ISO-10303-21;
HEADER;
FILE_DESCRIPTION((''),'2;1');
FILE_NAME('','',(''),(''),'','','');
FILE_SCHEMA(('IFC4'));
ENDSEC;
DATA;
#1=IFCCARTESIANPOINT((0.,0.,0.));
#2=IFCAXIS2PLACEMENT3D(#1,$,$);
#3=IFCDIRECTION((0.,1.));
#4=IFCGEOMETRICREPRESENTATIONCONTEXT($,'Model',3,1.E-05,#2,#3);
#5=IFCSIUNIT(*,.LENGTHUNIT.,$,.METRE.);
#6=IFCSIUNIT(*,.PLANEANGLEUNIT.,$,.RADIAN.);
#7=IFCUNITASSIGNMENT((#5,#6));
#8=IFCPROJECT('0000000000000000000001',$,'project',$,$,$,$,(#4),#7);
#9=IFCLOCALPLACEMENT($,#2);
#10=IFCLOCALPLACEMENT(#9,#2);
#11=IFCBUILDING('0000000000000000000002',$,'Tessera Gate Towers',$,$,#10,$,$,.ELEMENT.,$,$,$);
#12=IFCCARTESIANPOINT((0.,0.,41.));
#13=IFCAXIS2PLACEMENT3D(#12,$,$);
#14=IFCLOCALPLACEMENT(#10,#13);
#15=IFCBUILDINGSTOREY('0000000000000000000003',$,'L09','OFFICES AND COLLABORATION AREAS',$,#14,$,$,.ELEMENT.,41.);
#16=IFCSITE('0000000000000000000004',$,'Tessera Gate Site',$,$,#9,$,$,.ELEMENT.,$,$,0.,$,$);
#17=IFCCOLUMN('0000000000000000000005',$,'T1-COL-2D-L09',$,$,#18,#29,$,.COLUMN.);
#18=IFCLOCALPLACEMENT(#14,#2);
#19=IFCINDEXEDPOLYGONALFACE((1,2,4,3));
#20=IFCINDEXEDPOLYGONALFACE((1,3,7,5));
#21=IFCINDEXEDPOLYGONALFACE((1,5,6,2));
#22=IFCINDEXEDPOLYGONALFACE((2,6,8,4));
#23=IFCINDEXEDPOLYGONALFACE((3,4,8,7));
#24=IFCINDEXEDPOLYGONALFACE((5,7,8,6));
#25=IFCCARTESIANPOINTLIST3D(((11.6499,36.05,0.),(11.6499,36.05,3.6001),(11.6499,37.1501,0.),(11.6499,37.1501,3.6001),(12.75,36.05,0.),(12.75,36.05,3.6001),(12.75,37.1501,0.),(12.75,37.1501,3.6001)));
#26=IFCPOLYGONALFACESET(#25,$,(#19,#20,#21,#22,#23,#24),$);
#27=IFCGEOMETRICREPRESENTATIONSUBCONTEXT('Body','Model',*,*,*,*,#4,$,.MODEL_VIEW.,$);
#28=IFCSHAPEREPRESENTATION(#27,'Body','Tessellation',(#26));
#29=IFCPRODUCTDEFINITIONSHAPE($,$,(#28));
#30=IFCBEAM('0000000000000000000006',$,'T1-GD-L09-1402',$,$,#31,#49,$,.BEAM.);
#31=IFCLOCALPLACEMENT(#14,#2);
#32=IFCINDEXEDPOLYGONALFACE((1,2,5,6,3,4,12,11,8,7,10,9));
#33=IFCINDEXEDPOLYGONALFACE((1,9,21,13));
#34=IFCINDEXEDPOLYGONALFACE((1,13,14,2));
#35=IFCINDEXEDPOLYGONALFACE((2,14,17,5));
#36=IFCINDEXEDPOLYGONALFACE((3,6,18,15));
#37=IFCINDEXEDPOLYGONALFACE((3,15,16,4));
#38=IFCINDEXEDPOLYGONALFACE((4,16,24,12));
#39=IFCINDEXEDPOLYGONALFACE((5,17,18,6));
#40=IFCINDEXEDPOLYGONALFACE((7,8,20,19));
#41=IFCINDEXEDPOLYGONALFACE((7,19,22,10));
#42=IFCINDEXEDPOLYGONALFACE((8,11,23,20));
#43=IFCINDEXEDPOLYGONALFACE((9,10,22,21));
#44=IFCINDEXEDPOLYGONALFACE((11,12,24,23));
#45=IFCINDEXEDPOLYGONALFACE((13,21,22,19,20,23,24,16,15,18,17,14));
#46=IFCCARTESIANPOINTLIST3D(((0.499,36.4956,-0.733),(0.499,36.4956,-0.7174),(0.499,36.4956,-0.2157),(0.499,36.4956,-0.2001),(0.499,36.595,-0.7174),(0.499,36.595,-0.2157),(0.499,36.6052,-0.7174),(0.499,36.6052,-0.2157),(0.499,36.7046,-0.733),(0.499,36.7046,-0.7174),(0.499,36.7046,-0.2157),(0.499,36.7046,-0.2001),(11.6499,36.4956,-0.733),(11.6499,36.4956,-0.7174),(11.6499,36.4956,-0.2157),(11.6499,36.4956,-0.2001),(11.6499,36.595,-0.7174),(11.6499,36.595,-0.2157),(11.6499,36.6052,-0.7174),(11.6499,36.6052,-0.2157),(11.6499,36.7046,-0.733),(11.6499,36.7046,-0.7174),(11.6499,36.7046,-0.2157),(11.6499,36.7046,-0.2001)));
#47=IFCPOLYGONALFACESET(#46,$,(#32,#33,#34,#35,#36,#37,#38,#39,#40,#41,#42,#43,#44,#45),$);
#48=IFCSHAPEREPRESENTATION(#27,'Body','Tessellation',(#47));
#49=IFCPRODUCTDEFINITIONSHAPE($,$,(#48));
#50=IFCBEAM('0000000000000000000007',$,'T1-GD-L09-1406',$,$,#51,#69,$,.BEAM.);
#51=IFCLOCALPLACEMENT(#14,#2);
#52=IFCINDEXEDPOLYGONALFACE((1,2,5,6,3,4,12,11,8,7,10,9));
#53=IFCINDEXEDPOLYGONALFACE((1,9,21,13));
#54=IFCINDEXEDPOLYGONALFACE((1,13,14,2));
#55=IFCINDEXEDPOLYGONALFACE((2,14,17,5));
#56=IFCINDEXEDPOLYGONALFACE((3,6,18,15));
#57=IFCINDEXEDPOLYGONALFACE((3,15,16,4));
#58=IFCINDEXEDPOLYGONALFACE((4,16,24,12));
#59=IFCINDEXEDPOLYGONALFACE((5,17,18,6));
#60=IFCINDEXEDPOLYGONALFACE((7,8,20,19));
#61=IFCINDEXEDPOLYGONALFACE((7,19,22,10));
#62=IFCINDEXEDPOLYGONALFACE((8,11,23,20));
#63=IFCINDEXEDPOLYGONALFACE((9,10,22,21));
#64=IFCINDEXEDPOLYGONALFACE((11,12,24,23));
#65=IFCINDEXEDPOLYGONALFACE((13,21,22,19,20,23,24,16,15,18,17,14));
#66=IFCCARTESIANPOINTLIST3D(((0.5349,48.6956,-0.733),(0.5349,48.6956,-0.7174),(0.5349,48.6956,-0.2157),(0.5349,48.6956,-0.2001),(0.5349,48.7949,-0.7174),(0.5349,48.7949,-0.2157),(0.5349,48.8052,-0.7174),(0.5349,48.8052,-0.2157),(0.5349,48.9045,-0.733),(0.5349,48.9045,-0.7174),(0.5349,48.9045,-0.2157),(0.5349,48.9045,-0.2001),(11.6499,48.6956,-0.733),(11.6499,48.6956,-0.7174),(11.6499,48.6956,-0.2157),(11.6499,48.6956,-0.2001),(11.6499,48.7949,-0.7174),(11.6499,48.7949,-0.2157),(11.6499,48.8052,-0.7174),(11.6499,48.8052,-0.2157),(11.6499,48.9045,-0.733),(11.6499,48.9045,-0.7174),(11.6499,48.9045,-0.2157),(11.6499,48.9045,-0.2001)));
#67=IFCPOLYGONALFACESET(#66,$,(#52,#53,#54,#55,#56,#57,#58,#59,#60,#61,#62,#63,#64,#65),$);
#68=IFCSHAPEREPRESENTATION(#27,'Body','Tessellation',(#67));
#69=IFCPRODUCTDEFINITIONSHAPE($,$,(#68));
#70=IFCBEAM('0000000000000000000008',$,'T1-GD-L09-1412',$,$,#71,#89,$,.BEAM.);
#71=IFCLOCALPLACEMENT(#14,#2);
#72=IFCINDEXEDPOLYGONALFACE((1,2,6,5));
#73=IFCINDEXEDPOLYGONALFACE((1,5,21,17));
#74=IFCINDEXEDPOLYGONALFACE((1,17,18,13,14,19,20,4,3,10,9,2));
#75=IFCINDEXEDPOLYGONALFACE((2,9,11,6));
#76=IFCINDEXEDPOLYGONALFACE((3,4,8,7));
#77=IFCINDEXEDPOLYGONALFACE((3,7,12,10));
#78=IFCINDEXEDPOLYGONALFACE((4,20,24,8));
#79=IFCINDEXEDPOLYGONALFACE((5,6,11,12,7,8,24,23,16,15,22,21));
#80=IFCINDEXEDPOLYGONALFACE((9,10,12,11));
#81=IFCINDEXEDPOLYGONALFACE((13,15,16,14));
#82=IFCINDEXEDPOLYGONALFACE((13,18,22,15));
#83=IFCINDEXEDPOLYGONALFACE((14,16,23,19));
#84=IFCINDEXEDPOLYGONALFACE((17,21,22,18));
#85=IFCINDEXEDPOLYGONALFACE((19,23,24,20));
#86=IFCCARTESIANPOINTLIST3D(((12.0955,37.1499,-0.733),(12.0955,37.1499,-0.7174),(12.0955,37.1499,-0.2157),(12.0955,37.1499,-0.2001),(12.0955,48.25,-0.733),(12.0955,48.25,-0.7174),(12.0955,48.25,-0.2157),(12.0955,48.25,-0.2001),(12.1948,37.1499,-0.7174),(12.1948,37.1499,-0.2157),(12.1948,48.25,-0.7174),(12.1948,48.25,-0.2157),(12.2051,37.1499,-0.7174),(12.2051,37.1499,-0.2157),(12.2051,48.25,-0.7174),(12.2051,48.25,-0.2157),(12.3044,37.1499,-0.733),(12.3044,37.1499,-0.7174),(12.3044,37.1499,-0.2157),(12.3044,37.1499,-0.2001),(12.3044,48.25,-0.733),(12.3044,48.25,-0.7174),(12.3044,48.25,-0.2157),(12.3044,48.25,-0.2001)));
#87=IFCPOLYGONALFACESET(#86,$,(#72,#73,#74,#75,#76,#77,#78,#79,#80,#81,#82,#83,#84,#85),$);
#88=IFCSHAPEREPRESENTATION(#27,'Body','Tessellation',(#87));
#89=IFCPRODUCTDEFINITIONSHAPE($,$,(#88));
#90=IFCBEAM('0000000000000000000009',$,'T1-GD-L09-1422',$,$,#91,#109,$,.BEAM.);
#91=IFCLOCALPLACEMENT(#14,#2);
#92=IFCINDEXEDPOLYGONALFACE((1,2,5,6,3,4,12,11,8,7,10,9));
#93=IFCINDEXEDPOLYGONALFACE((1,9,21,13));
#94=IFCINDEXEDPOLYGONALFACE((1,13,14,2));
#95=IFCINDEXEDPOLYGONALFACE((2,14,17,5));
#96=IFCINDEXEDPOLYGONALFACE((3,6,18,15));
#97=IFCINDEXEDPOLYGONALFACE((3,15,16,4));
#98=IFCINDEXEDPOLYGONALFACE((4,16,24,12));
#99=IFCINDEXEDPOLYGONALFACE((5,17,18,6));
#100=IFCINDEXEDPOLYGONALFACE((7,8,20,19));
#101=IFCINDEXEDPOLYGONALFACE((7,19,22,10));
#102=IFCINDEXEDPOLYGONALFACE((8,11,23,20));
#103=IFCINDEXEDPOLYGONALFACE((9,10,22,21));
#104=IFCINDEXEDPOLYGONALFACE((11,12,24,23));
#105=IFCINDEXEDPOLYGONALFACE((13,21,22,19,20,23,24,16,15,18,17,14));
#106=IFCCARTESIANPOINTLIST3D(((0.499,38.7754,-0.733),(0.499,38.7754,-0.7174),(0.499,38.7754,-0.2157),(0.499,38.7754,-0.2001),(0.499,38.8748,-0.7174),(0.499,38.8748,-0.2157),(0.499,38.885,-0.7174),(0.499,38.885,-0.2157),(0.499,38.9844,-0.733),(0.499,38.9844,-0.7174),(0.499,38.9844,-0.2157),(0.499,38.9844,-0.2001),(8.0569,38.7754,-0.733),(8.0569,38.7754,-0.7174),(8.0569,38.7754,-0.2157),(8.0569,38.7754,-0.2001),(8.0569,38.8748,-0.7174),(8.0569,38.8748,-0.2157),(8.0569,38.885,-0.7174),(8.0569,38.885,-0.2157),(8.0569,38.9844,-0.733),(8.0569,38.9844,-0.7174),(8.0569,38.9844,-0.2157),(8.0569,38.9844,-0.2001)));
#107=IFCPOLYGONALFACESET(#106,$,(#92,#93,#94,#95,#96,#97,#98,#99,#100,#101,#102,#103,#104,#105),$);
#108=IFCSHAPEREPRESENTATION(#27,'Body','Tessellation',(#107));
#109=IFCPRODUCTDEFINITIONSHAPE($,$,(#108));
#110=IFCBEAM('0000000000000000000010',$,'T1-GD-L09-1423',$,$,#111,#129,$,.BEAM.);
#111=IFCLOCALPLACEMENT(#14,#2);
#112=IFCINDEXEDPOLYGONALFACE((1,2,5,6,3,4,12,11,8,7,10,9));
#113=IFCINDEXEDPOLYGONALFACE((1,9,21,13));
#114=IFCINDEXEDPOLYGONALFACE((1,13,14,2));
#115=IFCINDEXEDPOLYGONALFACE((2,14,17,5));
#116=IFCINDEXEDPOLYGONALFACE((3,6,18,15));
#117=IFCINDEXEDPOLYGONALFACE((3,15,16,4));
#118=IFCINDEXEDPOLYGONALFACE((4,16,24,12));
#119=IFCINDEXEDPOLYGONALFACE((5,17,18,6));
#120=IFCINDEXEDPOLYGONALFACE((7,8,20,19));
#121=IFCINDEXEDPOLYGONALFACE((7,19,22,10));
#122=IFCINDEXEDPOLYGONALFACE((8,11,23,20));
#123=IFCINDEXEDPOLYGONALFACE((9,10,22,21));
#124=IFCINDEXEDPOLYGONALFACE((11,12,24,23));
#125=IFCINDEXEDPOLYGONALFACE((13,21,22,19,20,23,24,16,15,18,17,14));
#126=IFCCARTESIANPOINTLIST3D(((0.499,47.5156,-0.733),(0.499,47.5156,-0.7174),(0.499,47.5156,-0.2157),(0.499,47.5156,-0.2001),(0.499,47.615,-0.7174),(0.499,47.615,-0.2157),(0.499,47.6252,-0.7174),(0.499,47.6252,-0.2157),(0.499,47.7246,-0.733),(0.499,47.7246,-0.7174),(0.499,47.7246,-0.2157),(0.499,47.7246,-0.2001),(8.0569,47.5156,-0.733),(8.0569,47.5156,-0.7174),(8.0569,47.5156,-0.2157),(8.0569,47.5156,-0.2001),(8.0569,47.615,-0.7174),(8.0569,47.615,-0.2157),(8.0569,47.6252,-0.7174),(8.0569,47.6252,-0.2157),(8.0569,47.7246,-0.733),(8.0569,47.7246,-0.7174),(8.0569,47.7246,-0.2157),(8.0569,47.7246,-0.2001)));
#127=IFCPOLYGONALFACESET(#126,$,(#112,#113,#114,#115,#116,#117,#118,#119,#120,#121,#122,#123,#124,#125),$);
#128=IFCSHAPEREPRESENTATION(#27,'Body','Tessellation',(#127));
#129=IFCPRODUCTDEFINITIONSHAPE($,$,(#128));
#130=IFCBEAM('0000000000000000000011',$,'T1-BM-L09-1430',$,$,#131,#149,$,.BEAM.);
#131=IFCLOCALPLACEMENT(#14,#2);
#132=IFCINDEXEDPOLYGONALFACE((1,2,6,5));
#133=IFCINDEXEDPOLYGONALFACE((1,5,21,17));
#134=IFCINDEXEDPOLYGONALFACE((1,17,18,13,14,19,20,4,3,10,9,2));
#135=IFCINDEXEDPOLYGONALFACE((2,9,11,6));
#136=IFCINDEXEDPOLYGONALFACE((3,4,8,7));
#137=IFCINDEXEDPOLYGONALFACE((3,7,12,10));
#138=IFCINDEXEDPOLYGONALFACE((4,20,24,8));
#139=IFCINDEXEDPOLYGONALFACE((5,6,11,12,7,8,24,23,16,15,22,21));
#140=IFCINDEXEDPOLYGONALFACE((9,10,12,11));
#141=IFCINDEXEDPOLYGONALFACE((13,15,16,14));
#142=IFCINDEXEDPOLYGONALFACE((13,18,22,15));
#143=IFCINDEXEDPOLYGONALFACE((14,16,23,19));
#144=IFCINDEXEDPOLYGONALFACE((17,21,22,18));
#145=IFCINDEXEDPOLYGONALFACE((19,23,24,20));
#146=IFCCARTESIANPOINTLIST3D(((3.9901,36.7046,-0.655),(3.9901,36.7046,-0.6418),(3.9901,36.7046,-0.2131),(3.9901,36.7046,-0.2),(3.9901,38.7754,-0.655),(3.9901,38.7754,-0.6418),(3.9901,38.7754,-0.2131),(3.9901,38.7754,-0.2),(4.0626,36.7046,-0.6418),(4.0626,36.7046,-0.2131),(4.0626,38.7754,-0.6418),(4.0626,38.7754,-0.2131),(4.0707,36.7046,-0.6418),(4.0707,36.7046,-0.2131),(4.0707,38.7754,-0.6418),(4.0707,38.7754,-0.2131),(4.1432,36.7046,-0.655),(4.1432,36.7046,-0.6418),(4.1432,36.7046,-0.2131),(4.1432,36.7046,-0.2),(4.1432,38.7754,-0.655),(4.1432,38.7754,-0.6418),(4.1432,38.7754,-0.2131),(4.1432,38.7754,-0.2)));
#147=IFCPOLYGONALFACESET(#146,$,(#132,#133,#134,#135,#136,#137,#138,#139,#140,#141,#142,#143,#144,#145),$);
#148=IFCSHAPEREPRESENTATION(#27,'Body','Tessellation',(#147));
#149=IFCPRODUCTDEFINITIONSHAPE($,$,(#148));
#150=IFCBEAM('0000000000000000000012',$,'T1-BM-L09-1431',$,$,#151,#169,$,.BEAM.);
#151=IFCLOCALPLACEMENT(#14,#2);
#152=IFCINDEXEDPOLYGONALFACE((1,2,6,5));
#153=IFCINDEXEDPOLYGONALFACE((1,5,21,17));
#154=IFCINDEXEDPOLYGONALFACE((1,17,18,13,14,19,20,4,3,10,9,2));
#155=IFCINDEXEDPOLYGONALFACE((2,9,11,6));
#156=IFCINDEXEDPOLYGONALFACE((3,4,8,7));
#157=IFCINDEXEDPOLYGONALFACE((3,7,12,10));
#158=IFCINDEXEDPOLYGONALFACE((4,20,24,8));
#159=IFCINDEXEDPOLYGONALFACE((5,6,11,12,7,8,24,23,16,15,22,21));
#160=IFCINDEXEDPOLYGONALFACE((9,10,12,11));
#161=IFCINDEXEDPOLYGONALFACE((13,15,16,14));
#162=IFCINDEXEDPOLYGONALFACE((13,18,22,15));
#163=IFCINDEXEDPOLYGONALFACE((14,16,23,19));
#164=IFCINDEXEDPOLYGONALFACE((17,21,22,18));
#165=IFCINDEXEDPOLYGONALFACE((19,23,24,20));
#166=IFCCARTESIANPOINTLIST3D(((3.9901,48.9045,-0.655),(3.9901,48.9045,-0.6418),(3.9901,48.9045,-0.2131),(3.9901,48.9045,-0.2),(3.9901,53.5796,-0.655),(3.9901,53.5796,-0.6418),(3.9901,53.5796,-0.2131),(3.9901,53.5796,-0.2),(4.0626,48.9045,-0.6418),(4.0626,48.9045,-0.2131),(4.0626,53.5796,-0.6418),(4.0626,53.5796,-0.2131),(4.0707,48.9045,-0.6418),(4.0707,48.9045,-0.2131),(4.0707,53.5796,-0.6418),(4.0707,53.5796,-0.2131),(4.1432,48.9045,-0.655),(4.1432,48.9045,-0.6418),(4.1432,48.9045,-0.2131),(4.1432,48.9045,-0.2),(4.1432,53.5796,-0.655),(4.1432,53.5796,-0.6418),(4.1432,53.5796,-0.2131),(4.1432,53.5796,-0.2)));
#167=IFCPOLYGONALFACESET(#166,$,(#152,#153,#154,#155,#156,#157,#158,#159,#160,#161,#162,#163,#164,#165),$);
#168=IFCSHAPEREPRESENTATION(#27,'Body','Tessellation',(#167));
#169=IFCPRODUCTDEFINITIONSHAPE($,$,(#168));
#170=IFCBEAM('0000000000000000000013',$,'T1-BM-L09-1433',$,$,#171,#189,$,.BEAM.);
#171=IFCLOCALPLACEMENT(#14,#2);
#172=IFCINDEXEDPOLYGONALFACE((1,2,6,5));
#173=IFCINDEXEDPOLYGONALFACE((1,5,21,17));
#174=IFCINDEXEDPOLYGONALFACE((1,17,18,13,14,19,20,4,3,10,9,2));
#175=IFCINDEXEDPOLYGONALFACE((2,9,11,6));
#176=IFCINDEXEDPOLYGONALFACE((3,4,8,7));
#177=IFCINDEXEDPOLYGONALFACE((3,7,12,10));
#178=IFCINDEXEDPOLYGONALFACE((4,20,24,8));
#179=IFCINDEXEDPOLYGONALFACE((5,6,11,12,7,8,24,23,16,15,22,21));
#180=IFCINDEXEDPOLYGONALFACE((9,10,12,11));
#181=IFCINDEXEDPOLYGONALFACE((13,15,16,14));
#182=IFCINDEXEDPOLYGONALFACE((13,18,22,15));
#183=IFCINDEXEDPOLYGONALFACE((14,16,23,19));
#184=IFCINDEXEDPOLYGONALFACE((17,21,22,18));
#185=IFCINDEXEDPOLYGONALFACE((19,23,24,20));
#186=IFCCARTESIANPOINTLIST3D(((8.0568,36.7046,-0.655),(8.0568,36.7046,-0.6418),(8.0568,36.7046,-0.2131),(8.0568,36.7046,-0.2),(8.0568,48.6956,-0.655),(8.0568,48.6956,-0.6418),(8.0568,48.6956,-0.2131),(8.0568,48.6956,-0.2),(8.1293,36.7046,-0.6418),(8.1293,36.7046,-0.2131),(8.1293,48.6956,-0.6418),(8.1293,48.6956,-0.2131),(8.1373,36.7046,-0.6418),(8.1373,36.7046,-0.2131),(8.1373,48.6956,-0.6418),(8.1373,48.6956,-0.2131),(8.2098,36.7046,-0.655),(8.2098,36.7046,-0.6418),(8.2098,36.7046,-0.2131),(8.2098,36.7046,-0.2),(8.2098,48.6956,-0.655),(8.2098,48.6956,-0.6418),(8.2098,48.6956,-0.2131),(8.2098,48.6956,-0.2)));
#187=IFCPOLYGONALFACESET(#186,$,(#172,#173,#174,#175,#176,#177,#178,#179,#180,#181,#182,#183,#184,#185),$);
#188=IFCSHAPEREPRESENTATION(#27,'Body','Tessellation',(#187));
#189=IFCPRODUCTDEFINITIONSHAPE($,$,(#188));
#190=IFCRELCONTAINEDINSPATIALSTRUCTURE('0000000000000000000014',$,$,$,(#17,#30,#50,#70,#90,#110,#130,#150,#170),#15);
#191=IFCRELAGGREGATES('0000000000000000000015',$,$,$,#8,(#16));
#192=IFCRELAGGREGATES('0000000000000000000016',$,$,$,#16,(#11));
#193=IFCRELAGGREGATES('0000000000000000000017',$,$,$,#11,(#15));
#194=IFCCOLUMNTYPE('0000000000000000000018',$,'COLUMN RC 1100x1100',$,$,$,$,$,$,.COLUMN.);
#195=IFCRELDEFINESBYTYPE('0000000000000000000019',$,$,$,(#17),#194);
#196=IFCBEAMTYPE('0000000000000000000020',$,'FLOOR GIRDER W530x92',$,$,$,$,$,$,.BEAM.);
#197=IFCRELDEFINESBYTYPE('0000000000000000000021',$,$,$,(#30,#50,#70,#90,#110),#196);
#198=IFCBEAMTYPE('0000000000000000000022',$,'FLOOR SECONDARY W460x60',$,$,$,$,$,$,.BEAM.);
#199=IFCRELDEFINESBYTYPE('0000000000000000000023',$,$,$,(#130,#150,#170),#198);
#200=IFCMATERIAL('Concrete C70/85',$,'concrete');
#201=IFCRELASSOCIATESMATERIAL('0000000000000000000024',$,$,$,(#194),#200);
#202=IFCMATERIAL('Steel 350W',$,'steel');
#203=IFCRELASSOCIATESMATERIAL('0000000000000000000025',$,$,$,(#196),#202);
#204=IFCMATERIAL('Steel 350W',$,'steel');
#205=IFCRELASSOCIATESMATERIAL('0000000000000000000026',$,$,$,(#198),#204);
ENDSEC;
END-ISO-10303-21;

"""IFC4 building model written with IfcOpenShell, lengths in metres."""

from ifc_helpers import new_model, si_unit, direction, frame, origin, origin_2d, place, context, subcontext, project, spatial, rectangle, i_section, extrude, material, material_profile, profile_set, type_object, element, save


model = new_model("IFC4")

# Units and contexts
model_context = context("Model", 3, precision=1e-05, world=origin(), true_north=direction((0.0, 1.0)))
body_context = subcontext(model_context, "Body", "Model", "MODEL_VIEW")
ifc_project = project(units=[si_unit("LENGTHUNIT", "METRE"), si_unit("PLANEANGLEUNIT", "RADIAN")], contexts=[model_context])

# Site, building, storey
site_placement = place(None, origin())
site = spatial("IfcSite", under=ifc_project, at=site_placement, Name="Tessera Gate Site", CompositionType="ELEMENT", RefElevation=0.0)
building_placement = place(site_placement, origin())
building = spatial("IfcBuilding", under=site, at=building_placement, Name="Tessera Gate Towers", CompositionType="ELEMENT")
storey_placement = place(building_placement, frame((0.0, 0.0, 41.0)))
storey = spatial("IfcBuildingStorey", under=building, at=storey_placement, Name="L09", Description="OFFICES AND COLLABORATION AREAS", CompositionType="ELEMENT", Elevation=41.0)

# Column
ifc_material_1 = material(Name="Concrete C70/85", Category="concrete")
ifc_material_profile_1 = material_profile(ifc_material_1, rectangle(XDim=1.1001, YDim=1.1001, at=origin_2d()), Name="RC 1100x1100")
ifc_profile_set_1 = profile_set([ifc_material_profile_1], Name="Concrete C70/85")
column_type = type_object("IfcColumnType", Name="COLUMN RC 1100x1100", PredefinedType="COLUMN", material=ifc_profile_set_1)
column_placement = place(storey_placement, frame((12.2, 36.6001, 0.0), z_axis=(0.0, 0.0, 1.0), x_axis=(1.0, 0.0, 0.0)))
element("IfcColumn", 1, at=column_placement, inside=storey, type_object=column_type, Name="T1-COL-2D-L09", PredefinedType="COLUMN", context=body_context, shape_type="SweptSolid", body=[
    extrude(rectangle(XDim=1.1001, YDim=1.1001, at=origin_2d()), origin(), (0.0, 0.0, 1.0), 3.6001),
])

# Beams
ifc_material_2 = material(Name="Steel 350W", Category="steel")
ifc_material_profile_2 = material_profile(ifc_material_2, i_section(OverallWidth=0.209, OverallDepth=0.533, WebThickness=0.0103, FlangeThickness=0.0156, at=origin_2d()), Name="W530x92")
ifc_profile_set_2 = profile_set([ifc_material_profile_2], Name="Steel 350W")
beam_type_1 = type_object("IfcBeamType", Name="FLOOR GIRDER W530x92", PredefinedType="BEAM", material=ifc_profile_set_2)
beam_1_placement = place(storey_placement, frame((0.499, 36.6001, -0.4666), z_axis=(1.0, 0.0, 0.0), x_axis=(0.0, 1.0, 0.0)))
element("IfcBeam", 2, at=beam_1_placement, inside=storey, type_object=beam_type_1, Name="T1-GD-L09-1402", PredefinedType="BEAM", context=body_context, shape_type="SweptSolid", body=[
    extrude(i_section(OverallWidth=0.209, OverallDepth=0.533, WebThickness=0.0103, FlangeThickness=0.0156, at=origin_2d()), origin(), (0.0, 0.0, 1.0), 11.1509),
])
beam_2_placement = place(storey_placement, frame((0.5349, 48.8, -0.4666), z_axis=(1.0, 0.0, 0.0), x_axis=(0.0, 1.0, 0.0)))
element("IfcBeam", 3, at=beam_2_placement, inside=storey, type_object=beam_type_1, Name="T1-GD-L09-1406", PredefinedType="BEAM", context=body_context, shape_type="SweptSolid", body=[
    extrude(i_section(OverallWidth=0.209, OverallDepth=0.533, WebThickness=0.0103, FlangeThickness=0.0156, at=origin_2d()), origin(), (0.0, 0.0, 1.0), 11.115),
])
beam_3_placement = place(storey_placement, frame((12.2, 37.1499, -0.4666), z_axis=(0.0, 1.0, 0.0), x_axis=(-1.0, 0.0, 0.0)))
element("IfcBeam", 4, at=beam_3_placement, inside=storey, type_object=beam_type_1, Name="T1-GD-L09-1412", PredefinedType="BEAM", context=body_context, shape_type="SweptSolid", body=[
    extrude(i_section(OverallWidth=0.209, OverallDepth=0.533, WebThickness=0.0103, FlangeThickness=0.0156, at=origin_2d()), origin(), (0.0, 0.0, 1.0), 11.1001),
])
for number, where, z_axis, x_axis, name in (
    (5, (0.499, 38.8799, -0.4666), (1.0, 0.0, 0.0), (0.0, 1.0, 0.0), "T1-GD-L09-1422"),
    (6, (0.499, 47.6201, -0.4666), (1.0, 0.0, 0.0), (0.0, 1.0, 0.0), "T1-GD-L09-1423"),
):
    element("IfcBeam", number, at=place(storey_placement, frame(where, z_axis=z_axis, x_axis=x_axis)), inside=storey, type_object=beam_type_1, Name=name, PredefinedType="BEAM", context=body_context, shape_type="SweptSolid", body=[
        extrude(i_section(OverallWidth=0.209, OverallDepth=0.533, WebThickness=0.0103, FlangeThickness=0.0156, at=origin_2d()), origin(), (0.0, 0.0, 1.0), 7.5579),
    ])
ifc_material_3 = material(Name="Steel 350W", Category="steel")
ifc_material_profile_3 = material_profile(ifc_material_3, i_section(OverallWidth=0.1531, OverallDepth=0.4551, WebThickness=0.0081, FlangeThickness=0.0132, at=origin_2d()), Name="W460x60")
ifc_profile_set_3 = profile_set([ifc_material_profile_3], Name="Steel 350W")
beam_type_2 = type_object("IfcBeamType", Name="FLOOR SECONDARY W460x60", PredefinedType="BEAM", material=ifc_profile_set_3)
beam_4_placement = place(storey_placement, frame((4.0667, 36.7046, -0.4275), z_axis=(0.0, 1.0, 0.0), x_axis=(-1.0, 0.0, 0.0)))
element("IfcBeam", 7, at=beam_4_placement, inside=storey, type_object=beam_type_2, Name="T1-BM-L09-1430", PredefinedType="BEAM", context=body_context, shape_type="SweptSolid", body=[
    extrude(i_section(OverallWidth=0.1531, OverallDepth=0.4551, WebThickness=0.0081, FlangeThickness=0.0132, at=origin_2d()), origin(), (0.0, 0.0, 1.0), 2.0708),
])
beam_5_placement = place(storey_placement, frame((4.0667, 48.9045, -0.4275), z_axis=(0.0, 1.0, 0.0), x_axis=(-1.0, 0.0, 0.0)))
element("IfcBeam", 8, at=beam_5_placement, inside=storey, type_object=beam_type_2, Name="T1-BM-L09-1431", PredefinedType="BEAM", context=body_context, shape_type="SweptSolid", body=[
    extrude(i_section(OverallWidth=0.1531, OverallDepth=0.4551, WebThickness=0.0081, FlangeThickness=0.0132, at=origin_2d()), origin(), (0.0, 0.0, 1.0), 4.675),
])
beam_6_placement = place(storey_placement, frame((8.1333, 36.7046, -0.4275), z_axis=(0.0, 1.0, 0.0), x_axis=(-1.0, 0.0, 0.0)))
element("IfcBeam", 9, at=beam_6_placement, inside=storey, type_object=beam_type_2, Name="T1-BM-L09-1433", PredefinedType="BEAM", context=body_context, shape_type="SweptSolid", body=[
    extrude(i_section(OverallWidth=0.1531, OverallDepth=0.4551, WebThickness=0.0081, FlangeThickness=0.0132, at=origin_2d()), origin(), (0.0, 0.0, 1.0), 11.991),
])

save(model, "model.ifc")
